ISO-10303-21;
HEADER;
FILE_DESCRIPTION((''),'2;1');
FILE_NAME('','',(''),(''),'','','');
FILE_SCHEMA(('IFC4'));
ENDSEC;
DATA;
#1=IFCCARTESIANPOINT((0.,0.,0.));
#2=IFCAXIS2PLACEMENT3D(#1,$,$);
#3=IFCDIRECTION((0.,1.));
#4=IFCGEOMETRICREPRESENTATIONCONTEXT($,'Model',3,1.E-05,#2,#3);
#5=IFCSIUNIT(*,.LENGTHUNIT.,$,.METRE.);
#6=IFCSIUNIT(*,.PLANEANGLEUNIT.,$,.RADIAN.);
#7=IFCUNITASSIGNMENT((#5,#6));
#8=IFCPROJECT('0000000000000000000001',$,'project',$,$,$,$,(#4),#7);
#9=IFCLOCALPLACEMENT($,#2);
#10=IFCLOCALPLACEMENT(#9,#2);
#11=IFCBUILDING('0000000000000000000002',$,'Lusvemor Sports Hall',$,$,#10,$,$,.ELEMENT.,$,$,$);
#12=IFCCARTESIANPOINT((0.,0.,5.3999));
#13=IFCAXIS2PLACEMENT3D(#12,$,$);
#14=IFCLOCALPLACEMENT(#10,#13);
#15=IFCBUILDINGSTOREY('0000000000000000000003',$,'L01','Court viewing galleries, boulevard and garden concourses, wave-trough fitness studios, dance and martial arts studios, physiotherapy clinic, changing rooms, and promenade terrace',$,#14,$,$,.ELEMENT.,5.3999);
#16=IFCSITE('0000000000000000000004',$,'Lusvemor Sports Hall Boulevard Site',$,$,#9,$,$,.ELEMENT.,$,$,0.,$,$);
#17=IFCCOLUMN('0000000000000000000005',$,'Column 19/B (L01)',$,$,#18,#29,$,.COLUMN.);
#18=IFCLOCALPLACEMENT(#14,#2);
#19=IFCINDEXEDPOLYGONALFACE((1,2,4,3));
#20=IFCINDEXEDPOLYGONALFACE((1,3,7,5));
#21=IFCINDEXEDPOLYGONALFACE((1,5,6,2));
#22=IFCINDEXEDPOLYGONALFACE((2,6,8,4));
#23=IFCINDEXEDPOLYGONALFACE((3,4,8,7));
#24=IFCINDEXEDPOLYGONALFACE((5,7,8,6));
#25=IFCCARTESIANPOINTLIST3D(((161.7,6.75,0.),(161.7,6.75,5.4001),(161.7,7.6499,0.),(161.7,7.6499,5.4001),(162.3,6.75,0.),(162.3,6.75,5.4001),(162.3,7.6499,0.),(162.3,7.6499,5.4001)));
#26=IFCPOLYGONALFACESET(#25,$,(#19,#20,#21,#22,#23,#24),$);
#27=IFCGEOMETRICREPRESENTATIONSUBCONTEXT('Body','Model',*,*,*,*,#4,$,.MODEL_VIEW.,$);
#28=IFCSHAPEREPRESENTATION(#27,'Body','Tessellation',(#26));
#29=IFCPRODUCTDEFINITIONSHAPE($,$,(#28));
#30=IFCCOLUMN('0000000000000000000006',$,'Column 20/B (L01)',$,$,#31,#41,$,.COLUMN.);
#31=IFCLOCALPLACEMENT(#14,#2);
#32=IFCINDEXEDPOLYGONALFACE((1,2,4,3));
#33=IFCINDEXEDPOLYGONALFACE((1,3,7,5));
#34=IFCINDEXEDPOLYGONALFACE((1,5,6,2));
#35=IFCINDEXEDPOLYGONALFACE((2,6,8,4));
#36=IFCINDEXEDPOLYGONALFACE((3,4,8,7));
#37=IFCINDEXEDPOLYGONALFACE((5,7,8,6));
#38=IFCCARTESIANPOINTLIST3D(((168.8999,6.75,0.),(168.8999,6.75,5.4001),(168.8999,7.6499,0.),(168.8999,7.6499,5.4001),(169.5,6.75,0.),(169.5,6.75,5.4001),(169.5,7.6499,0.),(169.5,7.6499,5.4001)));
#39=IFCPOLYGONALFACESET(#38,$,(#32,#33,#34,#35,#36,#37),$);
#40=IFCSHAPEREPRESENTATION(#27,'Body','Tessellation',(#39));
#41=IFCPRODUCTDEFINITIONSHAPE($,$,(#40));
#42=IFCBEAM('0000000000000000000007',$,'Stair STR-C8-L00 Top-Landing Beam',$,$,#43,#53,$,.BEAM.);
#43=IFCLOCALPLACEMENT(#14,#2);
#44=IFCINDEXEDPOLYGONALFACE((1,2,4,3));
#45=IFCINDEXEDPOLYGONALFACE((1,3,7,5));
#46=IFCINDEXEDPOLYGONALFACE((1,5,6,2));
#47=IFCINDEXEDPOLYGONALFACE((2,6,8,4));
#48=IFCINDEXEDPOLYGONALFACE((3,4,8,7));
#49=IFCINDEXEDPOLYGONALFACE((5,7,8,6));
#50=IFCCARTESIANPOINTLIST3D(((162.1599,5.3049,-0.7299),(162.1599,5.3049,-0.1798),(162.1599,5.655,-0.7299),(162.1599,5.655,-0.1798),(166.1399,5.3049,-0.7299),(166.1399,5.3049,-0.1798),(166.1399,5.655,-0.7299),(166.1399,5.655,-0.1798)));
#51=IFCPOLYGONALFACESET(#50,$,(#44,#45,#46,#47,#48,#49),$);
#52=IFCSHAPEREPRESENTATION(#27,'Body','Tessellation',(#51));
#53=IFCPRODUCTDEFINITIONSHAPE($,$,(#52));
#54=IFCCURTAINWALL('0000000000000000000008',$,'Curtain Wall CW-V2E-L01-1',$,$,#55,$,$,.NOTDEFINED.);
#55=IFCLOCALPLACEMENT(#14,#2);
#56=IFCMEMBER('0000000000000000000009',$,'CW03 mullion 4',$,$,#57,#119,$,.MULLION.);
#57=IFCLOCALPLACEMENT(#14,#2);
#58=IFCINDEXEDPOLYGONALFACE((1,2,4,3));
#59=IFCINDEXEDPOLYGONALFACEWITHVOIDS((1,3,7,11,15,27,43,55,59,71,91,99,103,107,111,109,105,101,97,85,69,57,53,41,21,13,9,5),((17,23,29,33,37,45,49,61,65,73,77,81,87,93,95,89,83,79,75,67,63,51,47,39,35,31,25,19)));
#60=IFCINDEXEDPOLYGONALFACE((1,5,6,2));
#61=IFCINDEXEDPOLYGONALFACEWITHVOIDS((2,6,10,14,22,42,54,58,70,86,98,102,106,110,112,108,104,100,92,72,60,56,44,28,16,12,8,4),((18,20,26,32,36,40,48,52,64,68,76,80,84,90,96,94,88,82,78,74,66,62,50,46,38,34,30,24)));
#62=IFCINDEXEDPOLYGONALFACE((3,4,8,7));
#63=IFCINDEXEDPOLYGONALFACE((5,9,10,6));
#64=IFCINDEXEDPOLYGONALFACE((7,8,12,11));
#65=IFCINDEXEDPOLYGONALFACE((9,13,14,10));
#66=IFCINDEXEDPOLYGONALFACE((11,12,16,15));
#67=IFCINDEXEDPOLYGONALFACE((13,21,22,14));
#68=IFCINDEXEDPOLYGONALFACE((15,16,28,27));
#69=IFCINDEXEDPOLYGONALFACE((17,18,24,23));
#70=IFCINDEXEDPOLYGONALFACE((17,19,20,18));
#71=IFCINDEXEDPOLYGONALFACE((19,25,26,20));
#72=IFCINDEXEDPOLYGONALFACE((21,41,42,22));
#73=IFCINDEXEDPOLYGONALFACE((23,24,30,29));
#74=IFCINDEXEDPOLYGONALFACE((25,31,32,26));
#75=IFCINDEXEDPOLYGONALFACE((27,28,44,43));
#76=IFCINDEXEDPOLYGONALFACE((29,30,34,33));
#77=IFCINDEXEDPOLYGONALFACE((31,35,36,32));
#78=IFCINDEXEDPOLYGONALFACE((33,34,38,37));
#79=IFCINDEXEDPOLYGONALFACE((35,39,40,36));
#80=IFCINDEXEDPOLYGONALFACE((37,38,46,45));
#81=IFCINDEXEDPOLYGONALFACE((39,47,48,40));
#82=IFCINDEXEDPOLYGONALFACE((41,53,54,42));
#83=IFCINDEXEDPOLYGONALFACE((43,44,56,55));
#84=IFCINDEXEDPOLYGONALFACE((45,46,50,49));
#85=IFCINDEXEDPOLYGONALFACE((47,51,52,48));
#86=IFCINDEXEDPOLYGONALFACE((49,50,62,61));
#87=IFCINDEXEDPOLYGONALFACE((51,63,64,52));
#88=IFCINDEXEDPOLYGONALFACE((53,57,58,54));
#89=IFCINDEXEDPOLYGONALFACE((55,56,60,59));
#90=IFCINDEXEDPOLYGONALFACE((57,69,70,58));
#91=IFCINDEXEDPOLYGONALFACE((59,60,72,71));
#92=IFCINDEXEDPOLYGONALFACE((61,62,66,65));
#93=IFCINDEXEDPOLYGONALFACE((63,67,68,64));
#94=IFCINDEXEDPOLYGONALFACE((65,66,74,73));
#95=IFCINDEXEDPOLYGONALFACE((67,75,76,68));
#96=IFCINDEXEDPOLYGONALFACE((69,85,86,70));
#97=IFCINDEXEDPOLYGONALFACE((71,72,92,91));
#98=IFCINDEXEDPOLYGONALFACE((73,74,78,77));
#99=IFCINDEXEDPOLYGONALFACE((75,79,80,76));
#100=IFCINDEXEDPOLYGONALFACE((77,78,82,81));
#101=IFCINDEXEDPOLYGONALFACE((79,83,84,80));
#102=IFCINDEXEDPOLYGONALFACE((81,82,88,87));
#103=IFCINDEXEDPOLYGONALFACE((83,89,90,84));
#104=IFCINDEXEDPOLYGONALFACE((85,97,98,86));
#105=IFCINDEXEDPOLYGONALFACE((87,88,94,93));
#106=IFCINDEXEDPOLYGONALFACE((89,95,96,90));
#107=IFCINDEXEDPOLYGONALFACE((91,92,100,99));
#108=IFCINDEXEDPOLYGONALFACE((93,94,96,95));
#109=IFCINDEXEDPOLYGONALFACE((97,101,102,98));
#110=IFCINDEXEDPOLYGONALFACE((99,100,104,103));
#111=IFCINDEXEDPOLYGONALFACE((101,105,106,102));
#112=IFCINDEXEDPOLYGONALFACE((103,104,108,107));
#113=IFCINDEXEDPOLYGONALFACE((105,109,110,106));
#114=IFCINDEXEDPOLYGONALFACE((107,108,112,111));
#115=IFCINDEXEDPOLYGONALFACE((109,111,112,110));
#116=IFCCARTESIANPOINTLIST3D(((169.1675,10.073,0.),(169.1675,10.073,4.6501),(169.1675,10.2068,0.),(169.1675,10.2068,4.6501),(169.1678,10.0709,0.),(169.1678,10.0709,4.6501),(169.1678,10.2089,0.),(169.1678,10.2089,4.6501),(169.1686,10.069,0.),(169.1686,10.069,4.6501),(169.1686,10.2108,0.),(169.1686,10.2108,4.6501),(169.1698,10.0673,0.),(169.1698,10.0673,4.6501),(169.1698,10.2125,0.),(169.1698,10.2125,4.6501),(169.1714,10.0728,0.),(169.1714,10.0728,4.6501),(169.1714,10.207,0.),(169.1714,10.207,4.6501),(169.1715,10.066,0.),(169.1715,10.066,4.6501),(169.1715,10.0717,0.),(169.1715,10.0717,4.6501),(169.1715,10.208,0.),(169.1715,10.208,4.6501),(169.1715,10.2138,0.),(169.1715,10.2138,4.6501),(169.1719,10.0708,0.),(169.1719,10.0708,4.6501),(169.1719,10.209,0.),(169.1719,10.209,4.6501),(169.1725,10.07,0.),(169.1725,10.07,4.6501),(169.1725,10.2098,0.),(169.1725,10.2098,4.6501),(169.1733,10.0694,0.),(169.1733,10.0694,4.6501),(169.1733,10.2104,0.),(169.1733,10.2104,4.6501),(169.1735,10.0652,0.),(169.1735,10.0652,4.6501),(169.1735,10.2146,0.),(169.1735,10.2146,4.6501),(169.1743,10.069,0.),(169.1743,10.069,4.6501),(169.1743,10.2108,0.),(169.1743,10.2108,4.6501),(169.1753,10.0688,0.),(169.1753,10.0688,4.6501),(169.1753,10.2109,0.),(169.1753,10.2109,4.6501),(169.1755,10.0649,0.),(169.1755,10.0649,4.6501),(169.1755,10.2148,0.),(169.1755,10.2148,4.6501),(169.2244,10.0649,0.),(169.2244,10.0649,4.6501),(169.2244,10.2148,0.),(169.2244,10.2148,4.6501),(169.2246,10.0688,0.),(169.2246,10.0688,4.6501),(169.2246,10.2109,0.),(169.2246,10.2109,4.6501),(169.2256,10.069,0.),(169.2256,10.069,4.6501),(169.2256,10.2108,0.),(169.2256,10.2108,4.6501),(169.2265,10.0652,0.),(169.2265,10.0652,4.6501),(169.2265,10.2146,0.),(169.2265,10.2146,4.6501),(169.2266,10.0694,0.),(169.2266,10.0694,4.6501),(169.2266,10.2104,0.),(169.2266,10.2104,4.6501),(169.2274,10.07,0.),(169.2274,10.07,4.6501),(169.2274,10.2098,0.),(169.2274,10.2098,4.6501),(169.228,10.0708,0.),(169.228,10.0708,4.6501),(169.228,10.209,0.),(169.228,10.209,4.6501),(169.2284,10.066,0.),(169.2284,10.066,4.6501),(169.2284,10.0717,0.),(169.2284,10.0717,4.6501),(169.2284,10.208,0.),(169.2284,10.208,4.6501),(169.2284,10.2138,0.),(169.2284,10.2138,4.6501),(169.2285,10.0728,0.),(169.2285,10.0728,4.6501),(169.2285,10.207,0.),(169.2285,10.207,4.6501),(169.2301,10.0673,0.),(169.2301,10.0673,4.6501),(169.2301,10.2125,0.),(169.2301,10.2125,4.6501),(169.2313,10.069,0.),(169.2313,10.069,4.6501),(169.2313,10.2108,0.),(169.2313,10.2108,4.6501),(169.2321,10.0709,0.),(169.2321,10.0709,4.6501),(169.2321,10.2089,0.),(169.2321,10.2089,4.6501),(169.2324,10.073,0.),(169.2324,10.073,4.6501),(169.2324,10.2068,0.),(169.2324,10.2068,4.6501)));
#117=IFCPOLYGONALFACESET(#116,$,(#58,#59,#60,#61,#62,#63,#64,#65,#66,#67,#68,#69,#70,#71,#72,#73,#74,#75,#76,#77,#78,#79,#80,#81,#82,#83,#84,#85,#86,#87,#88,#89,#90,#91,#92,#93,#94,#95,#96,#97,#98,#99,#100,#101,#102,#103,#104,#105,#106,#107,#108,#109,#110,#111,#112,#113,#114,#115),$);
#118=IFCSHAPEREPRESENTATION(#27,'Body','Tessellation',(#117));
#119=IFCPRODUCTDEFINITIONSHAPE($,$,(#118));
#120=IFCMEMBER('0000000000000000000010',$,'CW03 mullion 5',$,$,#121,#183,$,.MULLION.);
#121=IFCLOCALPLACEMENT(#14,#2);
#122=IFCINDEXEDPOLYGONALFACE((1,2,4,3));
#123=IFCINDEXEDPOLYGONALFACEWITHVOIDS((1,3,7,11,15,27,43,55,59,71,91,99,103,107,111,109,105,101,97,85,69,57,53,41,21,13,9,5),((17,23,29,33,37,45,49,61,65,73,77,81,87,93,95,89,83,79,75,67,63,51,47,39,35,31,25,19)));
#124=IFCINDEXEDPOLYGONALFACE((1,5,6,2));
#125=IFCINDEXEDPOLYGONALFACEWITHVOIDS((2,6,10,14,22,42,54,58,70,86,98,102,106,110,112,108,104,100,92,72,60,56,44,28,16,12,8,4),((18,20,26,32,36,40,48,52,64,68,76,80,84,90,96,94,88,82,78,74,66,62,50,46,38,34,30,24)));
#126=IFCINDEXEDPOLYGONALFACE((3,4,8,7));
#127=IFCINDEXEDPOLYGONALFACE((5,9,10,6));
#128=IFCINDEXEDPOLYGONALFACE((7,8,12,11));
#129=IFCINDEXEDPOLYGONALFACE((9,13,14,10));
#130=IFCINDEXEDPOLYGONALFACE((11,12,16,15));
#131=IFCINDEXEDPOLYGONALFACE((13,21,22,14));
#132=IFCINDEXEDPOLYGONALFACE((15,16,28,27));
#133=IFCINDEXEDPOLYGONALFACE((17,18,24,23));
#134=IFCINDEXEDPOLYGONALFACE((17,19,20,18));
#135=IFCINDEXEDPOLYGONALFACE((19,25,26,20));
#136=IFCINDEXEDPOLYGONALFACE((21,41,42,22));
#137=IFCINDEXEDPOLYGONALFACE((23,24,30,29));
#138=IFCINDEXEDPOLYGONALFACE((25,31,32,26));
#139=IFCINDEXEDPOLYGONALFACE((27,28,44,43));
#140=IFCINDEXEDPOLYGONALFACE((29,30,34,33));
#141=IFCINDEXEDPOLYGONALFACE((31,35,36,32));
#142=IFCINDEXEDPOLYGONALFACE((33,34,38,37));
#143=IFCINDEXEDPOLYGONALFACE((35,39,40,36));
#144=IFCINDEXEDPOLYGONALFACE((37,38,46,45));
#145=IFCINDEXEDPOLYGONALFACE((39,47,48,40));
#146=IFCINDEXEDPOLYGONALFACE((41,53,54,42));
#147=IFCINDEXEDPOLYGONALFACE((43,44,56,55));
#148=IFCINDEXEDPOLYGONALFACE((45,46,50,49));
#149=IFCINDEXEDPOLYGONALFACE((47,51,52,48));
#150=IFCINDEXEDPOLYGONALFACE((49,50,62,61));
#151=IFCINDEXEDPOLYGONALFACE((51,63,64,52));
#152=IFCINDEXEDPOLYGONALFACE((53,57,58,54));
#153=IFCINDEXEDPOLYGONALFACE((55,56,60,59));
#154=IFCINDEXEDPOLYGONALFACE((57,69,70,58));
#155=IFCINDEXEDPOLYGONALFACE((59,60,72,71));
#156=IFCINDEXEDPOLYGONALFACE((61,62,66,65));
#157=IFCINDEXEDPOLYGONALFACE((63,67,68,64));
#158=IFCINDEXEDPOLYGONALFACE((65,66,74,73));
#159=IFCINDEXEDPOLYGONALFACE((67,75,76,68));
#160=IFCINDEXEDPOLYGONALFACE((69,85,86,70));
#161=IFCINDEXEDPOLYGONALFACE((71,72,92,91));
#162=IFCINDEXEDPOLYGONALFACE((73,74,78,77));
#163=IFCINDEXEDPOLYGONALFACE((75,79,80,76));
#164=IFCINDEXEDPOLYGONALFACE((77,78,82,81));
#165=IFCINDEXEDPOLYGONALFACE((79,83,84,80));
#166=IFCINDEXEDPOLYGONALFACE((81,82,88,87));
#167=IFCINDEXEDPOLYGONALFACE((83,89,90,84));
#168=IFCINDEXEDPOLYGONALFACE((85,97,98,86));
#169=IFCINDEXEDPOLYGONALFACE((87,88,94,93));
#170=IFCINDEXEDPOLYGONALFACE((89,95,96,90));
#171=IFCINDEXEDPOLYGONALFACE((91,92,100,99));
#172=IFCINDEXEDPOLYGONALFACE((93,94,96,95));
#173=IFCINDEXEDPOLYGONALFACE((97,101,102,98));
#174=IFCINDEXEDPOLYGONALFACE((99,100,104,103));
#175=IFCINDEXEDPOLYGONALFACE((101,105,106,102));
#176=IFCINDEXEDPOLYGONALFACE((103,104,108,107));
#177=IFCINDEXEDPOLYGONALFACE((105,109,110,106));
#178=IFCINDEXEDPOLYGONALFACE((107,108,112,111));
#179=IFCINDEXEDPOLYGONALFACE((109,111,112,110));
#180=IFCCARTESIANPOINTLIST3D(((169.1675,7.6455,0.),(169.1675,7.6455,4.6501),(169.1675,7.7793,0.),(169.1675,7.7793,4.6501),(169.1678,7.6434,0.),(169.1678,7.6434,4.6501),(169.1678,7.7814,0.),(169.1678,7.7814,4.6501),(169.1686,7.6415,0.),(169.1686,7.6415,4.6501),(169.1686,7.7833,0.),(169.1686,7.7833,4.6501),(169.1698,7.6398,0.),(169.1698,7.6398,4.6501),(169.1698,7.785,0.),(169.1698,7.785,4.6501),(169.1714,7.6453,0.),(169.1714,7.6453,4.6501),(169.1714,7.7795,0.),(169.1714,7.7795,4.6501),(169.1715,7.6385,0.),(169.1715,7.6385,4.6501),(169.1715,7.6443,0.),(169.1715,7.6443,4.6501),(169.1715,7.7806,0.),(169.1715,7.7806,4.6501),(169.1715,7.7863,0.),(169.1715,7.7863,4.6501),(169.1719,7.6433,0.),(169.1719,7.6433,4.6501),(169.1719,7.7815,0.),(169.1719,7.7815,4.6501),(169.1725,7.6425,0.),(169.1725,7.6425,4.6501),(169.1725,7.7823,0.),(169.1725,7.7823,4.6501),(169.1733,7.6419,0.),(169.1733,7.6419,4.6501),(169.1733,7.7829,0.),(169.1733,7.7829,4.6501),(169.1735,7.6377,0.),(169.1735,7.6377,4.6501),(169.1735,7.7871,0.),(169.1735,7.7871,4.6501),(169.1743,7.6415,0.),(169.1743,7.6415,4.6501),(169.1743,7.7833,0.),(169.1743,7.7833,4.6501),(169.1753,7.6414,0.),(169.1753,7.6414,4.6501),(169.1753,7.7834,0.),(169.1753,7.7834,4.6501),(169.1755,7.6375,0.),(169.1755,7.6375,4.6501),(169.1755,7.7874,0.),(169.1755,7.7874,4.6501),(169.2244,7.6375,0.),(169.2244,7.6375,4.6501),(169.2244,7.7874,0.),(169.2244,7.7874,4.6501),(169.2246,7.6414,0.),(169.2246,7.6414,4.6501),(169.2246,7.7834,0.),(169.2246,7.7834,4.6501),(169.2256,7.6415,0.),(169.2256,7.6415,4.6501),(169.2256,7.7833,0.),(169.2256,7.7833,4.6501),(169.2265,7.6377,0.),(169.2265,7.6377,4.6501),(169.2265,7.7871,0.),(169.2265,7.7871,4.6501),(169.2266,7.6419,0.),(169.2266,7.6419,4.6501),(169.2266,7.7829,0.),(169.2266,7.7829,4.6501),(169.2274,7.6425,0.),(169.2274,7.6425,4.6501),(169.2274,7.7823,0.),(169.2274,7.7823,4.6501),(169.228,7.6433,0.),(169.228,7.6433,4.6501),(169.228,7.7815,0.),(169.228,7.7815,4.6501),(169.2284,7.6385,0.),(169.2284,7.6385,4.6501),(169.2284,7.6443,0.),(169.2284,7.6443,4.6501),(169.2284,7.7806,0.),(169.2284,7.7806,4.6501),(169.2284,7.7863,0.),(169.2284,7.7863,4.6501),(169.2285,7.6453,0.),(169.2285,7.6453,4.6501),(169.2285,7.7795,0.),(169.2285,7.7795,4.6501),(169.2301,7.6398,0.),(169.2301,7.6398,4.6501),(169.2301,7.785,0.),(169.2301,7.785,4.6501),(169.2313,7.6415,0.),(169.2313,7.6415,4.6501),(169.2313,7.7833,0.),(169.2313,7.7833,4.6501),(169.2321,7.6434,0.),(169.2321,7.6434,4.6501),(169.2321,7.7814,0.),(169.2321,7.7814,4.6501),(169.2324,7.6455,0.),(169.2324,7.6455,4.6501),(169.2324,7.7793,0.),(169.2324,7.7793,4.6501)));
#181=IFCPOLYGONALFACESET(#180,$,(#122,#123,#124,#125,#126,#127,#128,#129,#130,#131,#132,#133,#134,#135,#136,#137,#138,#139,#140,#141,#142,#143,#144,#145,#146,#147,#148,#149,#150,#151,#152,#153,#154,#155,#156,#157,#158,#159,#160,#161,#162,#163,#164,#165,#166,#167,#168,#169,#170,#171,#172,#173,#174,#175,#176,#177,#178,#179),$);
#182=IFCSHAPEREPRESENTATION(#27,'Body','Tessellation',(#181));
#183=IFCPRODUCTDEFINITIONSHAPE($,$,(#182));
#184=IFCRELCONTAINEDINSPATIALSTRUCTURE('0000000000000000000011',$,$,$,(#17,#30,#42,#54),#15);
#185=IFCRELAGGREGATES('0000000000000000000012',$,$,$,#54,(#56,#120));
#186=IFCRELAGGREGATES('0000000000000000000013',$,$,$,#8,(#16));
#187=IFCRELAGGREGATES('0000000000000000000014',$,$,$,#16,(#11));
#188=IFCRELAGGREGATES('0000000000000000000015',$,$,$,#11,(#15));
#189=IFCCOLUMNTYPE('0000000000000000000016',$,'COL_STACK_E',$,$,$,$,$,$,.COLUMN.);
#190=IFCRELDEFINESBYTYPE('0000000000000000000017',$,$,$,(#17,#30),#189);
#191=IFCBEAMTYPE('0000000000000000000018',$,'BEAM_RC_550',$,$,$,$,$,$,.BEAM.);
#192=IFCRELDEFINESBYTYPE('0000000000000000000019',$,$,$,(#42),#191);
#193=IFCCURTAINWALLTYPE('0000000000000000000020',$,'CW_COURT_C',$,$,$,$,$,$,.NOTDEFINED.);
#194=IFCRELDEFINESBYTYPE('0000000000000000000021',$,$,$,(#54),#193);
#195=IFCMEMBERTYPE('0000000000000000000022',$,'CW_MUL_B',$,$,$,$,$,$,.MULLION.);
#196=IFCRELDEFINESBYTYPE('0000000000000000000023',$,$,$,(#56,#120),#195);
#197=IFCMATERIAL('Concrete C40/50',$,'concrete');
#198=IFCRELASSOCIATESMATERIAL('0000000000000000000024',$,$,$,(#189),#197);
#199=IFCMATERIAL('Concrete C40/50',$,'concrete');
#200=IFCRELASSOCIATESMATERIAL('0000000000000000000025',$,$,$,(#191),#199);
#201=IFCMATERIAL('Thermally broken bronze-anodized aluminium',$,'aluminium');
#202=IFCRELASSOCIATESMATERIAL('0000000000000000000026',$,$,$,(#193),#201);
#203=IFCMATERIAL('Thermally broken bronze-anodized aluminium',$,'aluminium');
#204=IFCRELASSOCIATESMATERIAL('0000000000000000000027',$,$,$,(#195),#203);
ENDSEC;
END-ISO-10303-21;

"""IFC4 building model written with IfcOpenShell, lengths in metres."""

from ifc_helpers import new_model, si_unit, direction, frame, origin, origin_2d, place, context, subcontext, project, spatial, rectangle, hollow_rectangle, extrude, material, material_profile, profile_set, type_object, element, aggregate, save


model = new_model("IFC4")

# Units and contexts
model_context = context("Model", 3, precision=1e-05, world=origin(), true_north=direction((0.0, 1.0)))
body_context = subcontext(model_context, "Body", "Model", "MODEL_VIEW")
ifc_project = project(units=[si_unit("LENGTHUNIT", "METRE"), si_unit("PLANEANGLEUNIT", "RADIAN")], contexts=[model_context])

# Site, building, storey
site_placement = place(None, origin())
site = spatial("IfcSite", under=ifc_project, at=site_placement, Name="Lusvemor Sports Hall Boulevard Site", CompositionType="ELEMENT", RefElevation=0.0)
building_placement = place(site_placement, origin())
building = spatial("IfcBuilding", under=site, at=building_placement, Name="Lusvemor Sports Hall", CompositionType="ELEMENT")
storey_placement = place(building_placement, frame((0.0, 0.0, 5.3999)))
storey = spatial("IfcBuildingStorey", under=building, at=storey_placement, Name="L01", Description="Court viewing galleries, boulevard and garden concourses, wave-trough fitness studios, dance and martial arts studios, physiotherapy clinic, changing rooms, and promenade terrace", CompositionType="ELEMENT", Elevation=5.3999)

# Columns
ifc_material_1 = material(Name="Concrete C40/50", Category="concrete")
ifc_material_profile_1 = material_profile(ifc_material_1, rectangle(XDim=0.6001, YDim=0.8999, at=origin_2d()), Name="RC600x900")
ifc_profile_set_1 = profile_set([ifc_material_profile_1], Name="Concrete C40/50")
column_type = type_object("IfcColumnType", Name="COL_STACK_E", PredefinedType="COLUMN", material=ifc_profile_set_1)
for number, where, z_axis, x_axis, name in (
    (1, (162.0, 7.2, 0.0), (0.0, 0.0, 1.0), (1.0, 0.0, 0.0), "Column 19/B (L01)"),
    (2, (169.2, 7.2, 0.0), (0.0, 0.0, 1.0), (1.0, 0.0, 0.0), "Column 20/B (L01)"),
):
    element("IfcColumn", number, at=place(storey_placement, frame(where, z_axis=z_axis, x_axis=x_axis)), inside=storey, type_object=column_type, Name=name, PredefinedType="COLUMN", context=body_context, shape_type="SweptSolid", body=[
        extrude(rectangle(XDim=0.6001, YDim=0.8999, at=origin_2d()), origin(), (0.0, 0.0, 1.0), 5.4001),
    ])

# Beam
ifc_material_2 = material(Name="Concrete C40/50", Category="concrete")
ifc_material_profile_2 = material_profile(ifc_material_2, rectangle(XDim=0.3501, YDim=0.55, at=origin_2d()), Name="RC350x550")
ifc_profile_set_2 = profile_set([ifc_material_profile_2], Name="Concrete C40/50")
beam_type_1 = type_object("IfcBeamType", Name="BEAM_RC_550", PredefinedType="BEAM", material=ifc_profile_set_2)
beam_1_placement = place(storey_placement, frame((162.1599, 5.48, -0.4548), z_axis=(1.0, 0.0, 0.0), x_axis=(0.0, 1.0, 0.0)))
element("IfcBeam", 3, at=beam_1_placement, inside=storey, type_object=beam_type_1, Name="Stair STR-C8-L00 Top-Landing Beam", PredefinedType="BEAM", context=body_context, shape_type="SweptSolid", body=[
    extrude(rectangle(XDim=0.3501, YDim=0.55, at=origin_2d()), origin(), (0.0, 0.0, 1.0), 3.98),
])

# Curtain wall, members
ifc_material_3 = material(Name="Thermally broken bronze-anodized aluminium", Category="aluminium")
curtain_wall_type = type_object("IfcCurtainWallType", Name="CW_COURT_C", PredefinedType="NOTDEFINED", material=ifc_material_3)
curtain_wall_placement = place(storey_placement, origin())
curtain_wall = element("IfcCurtainWall", 4, at=curtain_wall_placement, inside=storey, type_object=curtain_wall_type, Name="Curtain Wall CW-V2E-L01-1", PredefinedType="NOTDEFINED")
ifc_material_4 = material(Name="Thermally broken bronze-anodized aluminium", Category="aluminium")
ifc_material_profile_3 = material_profile(ifc_material_4, hollow_rectangle(XDim=0.0649, YDim=0.1499, WallThickness=0.0039, InnerFilletRadius=0.0039, OuterFilletRadius=0.0081, at=origin_2d()), Name="CWMUL150x65x4")
ifc_profile_set_3 = profile_set([ifc_material_profile_3], Name="Thermally broken bronze-anodized aluminium")
member_type_1 = type_object("IfcMemberType", Name="CW_MUL_B", PredefinedType="MULLION", material=ifc_profile_set_3)
member_1_placement = place(storey_placement, frame((169.2, 10.1399, 0.0), z_axis=(0.0, 0.0, 1.0), x_axis=(1.0, 0.0, 0.0)))
member_1 = element("IfcMember", 5, at=member_1_placement, type_object=member_type_1, Name="CW03 mullion 4", PredefinedType="MULLION", context=body_context, shape_type="SweptSolid", body=[
    extrude(hollow_rectangle(XDim=0.0649, YDim=0.1499, WallThickness=0.0039, InnerFilletRadius=0.0039, OuterFilletRadius=0.0081, at=origin_2d()), origin(), (0.0, 0.0, 1.0), 4.6501),
])
member_2_placement = place(storey_placement, frame((169.2, 7.7124, 0.0), z_axis=(0.0, 0.0, 1.0), x_axis=(1.0, 0.0, 0.0)))
member_2 = element("IfcMember", 6, at=member_2_placement, type_object=member_type_1, Name="CW03 mullion 5", PredefinedType="MULLION", context=body_context, shape_type="SweptSolid", body=[
    extrude(hollow_rectangle(XDim=0.0649, YDim=0.1499, WallThickness=0.0039, InnerFilletRadius=0.0039, OuterFilletRadius=0.0081, at=origin_2d()), origin(), (0.0, 0.0, 1.0), 4.6501),
])

aggregate(curtain_wall, [member_1, member_2])

save(model, "model.ifc")
